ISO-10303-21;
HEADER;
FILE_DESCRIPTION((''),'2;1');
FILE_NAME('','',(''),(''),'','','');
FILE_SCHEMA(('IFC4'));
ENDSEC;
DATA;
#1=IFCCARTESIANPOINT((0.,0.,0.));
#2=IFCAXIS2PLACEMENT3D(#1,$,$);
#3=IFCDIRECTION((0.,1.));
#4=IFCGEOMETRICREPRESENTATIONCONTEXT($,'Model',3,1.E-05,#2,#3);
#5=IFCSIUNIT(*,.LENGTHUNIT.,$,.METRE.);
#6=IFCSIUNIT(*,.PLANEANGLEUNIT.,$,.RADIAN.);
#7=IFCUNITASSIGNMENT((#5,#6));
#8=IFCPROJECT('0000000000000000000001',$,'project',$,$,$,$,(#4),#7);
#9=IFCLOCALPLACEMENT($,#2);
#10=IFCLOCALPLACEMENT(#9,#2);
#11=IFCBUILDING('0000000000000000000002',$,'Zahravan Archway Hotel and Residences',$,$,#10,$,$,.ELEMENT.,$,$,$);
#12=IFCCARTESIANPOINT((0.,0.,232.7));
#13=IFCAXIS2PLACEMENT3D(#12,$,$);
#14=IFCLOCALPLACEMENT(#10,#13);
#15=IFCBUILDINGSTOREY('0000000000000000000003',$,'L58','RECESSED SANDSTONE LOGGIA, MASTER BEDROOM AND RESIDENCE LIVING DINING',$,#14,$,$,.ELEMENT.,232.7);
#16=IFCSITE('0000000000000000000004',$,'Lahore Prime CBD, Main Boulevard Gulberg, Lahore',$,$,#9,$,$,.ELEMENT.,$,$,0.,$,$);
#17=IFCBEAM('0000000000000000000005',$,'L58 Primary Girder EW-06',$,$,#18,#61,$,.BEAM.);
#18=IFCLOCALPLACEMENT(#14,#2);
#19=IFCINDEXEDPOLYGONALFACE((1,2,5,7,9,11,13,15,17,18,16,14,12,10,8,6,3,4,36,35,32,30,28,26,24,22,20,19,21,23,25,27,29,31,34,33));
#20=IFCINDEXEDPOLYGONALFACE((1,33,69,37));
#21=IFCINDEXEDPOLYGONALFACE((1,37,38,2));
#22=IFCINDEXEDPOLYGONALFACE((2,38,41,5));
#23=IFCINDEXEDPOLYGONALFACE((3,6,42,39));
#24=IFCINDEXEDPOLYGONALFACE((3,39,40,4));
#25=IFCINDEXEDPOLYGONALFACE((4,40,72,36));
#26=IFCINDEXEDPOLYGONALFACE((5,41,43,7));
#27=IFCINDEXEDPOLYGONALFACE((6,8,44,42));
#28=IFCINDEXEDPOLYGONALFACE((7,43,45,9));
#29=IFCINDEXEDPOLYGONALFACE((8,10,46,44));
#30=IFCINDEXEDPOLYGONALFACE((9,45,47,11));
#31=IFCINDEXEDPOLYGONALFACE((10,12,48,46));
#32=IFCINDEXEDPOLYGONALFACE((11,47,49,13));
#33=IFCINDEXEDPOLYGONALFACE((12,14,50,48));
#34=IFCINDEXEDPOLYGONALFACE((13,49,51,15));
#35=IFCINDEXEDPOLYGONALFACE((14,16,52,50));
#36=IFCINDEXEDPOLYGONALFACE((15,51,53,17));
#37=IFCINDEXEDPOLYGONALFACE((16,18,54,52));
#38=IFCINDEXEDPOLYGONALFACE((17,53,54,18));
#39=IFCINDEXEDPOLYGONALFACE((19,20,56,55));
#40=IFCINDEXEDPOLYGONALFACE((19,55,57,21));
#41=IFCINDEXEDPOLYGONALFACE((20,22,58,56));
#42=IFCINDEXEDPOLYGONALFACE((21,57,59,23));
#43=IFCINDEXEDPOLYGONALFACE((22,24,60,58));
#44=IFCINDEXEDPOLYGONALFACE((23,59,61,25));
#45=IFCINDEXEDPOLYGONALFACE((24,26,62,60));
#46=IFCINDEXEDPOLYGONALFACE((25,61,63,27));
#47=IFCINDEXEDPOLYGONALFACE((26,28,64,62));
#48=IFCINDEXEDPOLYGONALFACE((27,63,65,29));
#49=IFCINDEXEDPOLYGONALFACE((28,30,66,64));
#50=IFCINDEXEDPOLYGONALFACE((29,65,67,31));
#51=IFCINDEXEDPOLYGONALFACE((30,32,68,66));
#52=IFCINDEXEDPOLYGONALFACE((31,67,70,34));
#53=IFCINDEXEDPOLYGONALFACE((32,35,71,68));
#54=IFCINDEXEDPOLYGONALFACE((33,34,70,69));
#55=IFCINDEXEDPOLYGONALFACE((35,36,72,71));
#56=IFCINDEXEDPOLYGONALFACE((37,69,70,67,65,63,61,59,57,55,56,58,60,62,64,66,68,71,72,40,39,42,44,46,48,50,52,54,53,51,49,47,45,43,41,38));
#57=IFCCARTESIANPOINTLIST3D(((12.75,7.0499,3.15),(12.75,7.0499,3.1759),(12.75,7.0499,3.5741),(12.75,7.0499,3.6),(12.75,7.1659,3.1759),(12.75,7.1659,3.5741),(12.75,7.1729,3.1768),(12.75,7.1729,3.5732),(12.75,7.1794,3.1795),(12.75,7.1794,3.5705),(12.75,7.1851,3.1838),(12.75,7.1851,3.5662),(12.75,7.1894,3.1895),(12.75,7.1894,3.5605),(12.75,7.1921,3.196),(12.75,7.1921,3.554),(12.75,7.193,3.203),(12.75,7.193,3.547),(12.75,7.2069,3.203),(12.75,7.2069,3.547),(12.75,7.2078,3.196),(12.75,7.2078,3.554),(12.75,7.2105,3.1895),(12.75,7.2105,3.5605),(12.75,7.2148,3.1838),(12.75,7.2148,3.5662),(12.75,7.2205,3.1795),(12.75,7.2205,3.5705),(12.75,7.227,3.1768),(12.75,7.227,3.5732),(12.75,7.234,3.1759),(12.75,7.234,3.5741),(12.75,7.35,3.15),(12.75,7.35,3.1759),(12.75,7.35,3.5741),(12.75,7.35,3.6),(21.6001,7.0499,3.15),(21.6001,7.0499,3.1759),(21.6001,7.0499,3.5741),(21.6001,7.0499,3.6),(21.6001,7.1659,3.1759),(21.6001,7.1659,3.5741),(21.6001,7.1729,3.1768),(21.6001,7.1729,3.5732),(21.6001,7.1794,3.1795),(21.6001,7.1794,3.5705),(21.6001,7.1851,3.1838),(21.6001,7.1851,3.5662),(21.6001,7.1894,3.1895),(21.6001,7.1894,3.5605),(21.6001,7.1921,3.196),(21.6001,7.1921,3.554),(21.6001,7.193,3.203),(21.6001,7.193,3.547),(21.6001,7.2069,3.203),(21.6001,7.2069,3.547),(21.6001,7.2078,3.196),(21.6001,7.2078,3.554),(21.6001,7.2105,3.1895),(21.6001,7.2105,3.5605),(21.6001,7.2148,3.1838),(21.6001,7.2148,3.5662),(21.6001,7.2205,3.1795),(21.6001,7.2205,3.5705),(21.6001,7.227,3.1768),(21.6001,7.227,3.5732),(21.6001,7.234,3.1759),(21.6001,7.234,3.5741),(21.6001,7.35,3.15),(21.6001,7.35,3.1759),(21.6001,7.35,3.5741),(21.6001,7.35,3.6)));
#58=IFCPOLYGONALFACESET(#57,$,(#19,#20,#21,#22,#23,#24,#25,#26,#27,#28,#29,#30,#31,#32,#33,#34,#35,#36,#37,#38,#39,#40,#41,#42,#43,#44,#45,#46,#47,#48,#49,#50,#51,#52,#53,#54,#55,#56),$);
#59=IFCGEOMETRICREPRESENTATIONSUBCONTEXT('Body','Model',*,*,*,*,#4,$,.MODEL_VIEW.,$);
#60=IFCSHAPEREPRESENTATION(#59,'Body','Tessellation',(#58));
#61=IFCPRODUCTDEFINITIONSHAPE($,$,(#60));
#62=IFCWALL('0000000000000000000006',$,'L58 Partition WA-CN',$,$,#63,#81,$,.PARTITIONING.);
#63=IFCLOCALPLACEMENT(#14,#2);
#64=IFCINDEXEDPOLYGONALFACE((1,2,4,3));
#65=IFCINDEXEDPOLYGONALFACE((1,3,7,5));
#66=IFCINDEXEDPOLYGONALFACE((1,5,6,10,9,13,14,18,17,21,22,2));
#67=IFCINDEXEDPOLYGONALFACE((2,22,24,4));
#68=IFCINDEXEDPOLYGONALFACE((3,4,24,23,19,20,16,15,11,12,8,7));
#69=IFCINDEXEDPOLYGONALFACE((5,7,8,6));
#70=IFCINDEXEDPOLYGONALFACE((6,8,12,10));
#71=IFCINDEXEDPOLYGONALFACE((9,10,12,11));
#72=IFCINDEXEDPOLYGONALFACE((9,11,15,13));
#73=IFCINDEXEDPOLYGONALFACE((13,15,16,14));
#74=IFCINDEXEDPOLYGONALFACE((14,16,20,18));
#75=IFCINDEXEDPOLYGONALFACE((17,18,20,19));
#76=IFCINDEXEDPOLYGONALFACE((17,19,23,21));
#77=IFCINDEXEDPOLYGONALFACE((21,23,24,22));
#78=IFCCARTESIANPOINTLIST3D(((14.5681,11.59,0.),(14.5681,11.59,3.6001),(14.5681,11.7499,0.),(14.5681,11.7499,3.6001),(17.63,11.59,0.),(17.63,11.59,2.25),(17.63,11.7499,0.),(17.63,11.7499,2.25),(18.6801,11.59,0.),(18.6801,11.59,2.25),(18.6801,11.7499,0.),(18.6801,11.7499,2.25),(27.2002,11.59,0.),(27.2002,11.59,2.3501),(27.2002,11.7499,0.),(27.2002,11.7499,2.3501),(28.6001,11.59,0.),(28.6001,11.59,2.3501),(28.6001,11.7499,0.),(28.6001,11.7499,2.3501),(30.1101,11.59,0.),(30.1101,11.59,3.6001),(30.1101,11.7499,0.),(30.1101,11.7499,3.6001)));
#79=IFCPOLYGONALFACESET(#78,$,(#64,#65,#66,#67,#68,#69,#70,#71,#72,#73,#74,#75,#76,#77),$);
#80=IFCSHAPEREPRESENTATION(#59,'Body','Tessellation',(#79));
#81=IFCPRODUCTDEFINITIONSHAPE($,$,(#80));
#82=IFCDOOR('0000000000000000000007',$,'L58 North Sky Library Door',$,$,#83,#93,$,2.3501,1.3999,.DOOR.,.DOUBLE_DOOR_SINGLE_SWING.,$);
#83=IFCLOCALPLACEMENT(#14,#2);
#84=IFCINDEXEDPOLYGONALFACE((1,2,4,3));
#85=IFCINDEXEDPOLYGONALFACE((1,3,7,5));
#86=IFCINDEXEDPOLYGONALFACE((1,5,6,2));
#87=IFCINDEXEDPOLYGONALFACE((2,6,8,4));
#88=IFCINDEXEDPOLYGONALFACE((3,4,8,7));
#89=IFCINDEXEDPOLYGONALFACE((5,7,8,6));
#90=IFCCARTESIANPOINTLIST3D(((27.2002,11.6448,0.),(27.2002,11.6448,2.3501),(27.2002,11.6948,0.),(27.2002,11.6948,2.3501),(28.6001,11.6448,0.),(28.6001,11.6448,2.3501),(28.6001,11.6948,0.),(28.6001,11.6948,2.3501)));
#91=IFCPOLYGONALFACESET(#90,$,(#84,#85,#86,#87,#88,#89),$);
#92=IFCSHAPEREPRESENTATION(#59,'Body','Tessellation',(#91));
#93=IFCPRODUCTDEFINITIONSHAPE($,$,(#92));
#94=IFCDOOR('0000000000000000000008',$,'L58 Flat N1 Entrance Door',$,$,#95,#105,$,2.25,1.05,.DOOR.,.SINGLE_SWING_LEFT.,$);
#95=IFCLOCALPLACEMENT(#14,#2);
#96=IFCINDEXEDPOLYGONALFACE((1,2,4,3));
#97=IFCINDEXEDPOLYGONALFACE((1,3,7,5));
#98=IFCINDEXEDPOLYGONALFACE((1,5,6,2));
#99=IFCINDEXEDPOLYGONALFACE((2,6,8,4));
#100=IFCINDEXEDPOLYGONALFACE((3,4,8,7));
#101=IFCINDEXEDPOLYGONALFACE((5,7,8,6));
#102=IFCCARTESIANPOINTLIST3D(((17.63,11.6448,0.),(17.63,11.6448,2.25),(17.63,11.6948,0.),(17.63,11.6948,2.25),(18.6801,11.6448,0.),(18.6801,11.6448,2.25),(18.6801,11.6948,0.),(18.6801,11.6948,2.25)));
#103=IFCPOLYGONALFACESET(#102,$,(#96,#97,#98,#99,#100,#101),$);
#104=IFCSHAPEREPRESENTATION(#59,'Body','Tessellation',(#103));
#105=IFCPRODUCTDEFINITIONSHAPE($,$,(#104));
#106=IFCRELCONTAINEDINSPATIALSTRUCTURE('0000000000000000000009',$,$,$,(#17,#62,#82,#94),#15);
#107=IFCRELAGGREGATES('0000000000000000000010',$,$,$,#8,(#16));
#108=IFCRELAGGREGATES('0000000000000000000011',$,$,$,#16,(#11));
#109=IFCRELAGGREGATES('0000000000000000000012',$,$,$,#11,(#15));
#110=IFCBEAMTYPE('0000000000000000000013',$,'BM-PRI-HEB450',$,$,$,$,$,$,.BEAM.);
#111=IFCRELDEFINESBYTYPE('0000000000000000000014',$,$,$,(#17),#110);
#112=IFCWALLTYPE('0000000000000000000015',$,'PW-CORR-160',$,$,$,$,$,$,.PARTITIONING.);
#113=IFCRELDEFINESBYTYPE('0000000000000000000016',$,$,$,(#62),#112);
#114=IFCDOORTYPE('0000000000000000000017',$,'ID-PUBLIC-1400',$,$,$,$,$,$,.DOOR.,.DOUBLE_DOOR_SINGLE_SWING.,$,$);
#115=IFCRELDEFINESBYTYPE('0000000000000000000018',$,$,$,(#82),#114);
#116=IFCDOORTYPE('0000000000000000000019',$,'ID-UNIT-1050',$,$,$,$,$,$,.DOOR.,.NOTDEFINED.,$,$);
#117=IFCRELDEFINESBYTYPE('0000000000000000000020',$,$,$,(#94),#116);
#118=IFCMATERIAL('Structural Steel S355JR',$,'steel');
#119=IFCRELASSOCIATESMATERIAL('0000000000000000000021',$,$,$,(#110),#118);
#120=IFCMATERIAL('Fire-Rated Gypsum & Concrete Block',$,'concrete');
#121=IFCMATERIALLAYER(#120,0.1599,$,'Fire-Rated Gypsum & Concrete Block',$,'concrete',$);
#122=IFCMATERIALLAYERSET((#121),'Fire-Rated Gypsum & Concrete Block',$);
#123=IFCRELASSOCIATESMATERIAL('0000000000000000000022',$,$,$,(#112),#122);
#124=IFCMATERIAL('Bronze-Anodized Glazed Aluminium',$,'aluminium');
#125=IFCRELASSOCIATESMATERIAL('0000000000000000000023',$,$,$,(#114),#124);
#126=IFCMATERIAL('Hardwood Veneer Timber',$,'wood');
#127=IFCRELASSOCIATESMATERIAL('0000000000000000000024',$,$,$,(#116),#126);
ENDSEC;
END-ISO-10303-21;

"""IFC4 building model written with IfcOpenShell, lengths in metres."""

from ifc_helpers import new_model, si_unit, direction, frame, frame_2d, origin, origin_2d, place, context, subcontext, project, spatial, rectangle, i_section, extrude, source, transform, mapped, material, layer, layer_set, material_profile, profile_set, type_object, type_shapes, element, fill, save


model = new_model("IFC4")

# Units and contexts
model_context = context("Model", 3, precision=1e-05, world=origin(), true_north=direction((0.0, 1.0)))
body_context = subcontext(model_context, "Body", "Model", "MODEL_VIEW")
ifc_project = project(units=[si_unit("LENGTHUNIT", "METRE"), si_unit("PLANEANGLEUNIT", "RADIAN")], contexts=[model_context])

# Site, building, storey
site_placement = place(None, origin())
site = spatial("IfcSite", under=ifc_project, at=site_placement, Name="Lahore Prime CBD, Main Boulevard Gulberg, Lahore", CompositionType="ELEMENT", RefElevation=0.0)
building_placement = place(site_placement, origin())
building = spatial("IfcBuilding", under=site, at=building_placement, Name="Zahravan Archway Hotel and Residences", CompositionType="ELEMENT")
storey_placement = place(building_placement, frame((0.0, 0.0, 232.7)))
storey = spatial("IfcBuildingStorey", under=building, at=storey_placement, Name="L58", Description="RECESSED SANDSTONE LOGGIA, MASTER BEDROOM AND RESIDENCE LIVING DINING", CompositionType="ELEMENT", Elevation=232.7)

# Beam
ifc_material_1 = material(Name="Structural Steel S355JR", Category="steel")
ifc_material_profile_1 = material_profile(ifc_material_1, i_section(OverallWidth=0.3, OverallDepth=0.45, WebThickness=0.0139, FlangeThickness=0.0259, FilletRadius=0.0271, at=origin_2d()), Name="HEB 450", Category="steel")
ifc_profile_set_1 = profile_set([ifc_material_profile_1], Name="Structural Steel S355JR")
beam_type_1 = type_object("IfcBeamType", Name="BM-PRI-HEB450", PredefinedType="BEAM", material=ifc_profile_set_1)
shared_shape_1 = source(origin(), body_context, "Body", "SweptSolid", [
    extrude(i_section(OverallWidth=0.3, OverallDepth=0.45, WebThickness=0.0139, FlangeThickness=0.0259, FilletRadius=0.0271, at=origin_2d()), origin(), (0.0, 0.0, 1.0), 8.8501),
])
beam_1_placement = place(storey_placement, frame((12.75, 7.2, 3.375), z_axis=(1.0, 0.0, 0.0), x_axis=(0.0, 1.0, 0.0)))
element("IfcBeam", 1, at=beam_1_placement, inside=storey, type_object=beam_type_1, Name="L58 Primary Girder EW-06", PredefinedType="BEAM", context=body_context, shape_type="MappedRepresentation", body=[
    mapped(shared_shape_1, transform((0.0, 0.0, 0.0), scale=1.0)),
])

# Wall, openings, doors
ifc_material_2 = material(Name="Fire-Rated Gypsum & Concrete Block", Category="concrete")
ifc_layer_1 = layer(ifc_material_2, 0.1599, Name="Fire-Rated Gypsum & Concrete Block", Category="concrete")
ifc_layer_set_1 = layer_set([ifc_layer_1], Name="Fire-Rated Gypsum & Concrete Block")
wall_type_1 = type_object("IfcWallType", Name="PW-CORR-160", PredefinedType="PARTITIONING", material=ifc_layer_set_1)
wall_1_placement = place(storey_placement, frame((14.5681, 11.6699, 0.0), z_axis=(0.0, 0.0, 1.0), x_axis=(1.0, 0.0, 0.0)))
wall_1 = element("IfcWall", 2, at=wall_1_placement, inside=storey, type_object=wall_type_1, Name="L58 Partition WA-CN", PredefinedType="PARTITIONING", context=body_context, shape_type="SweptSolid", body=[
    extrude(rectangle(XDim=15.542, YDim=0.1599, at=frame_2d((7.771, 0.0))), origin(), (0.0, 0.0, 1.0), 3.6001),
])
opening_1_placement = place(wall_1_placement, frame((3.062, 0.0, 0.0)))
opening_1 = element("IfcOpeningElement", 3, at=opening_1_placement, cuts=wall_1, PredefinedType="OPENING", context=body_context, shape_type="SweptSolid", body=[
    extrude(rectangle(XDim=1.05, YDim=2.25, at=frame_2d((0.5249, 1.125))), frame((0.0, 0.0898, 0.0), z_axis=(0.0, -1.0, 0.0), x_axis=(1.0, 0.0, 0.0)), (0.0, 0.0, 1.0), 0.1799),
])
opening_2_placement = place(wall_1_placement, frame((12.6321, 0.0, 0.0)))
opening_2 = element("IfcOpeningElement", 4, at=opening_2_placement, cuts=wall_1, PredefinedType="OPENING", context=body_context, shape_type="SweptSolid", body=[
    extrude(rectangle(XDim=1.3999, YDim=2.3501, at=frame_2d((0.7, 1.175))), frame((0.0, 0.0898, 0.0), z_axis=(0.0, -1.0, 0.0), x_axis=(1.0, 0.0, 0.0)), (0.0, 0.0, 1.0), 0.1799),
])
ifc_material_3 = material(Name="Bronze-Anodized Glazed Aluminium", Category="aluminium")
door_type_1 = type_object("IfcDoorType", Name="ID-PUBLIC-1400", OperationType="DOUBLE_DOOR_SINGLE_SWING", PredefinedType="DOOR", material=ifc_material_3)
shared_shape_2 = source(origin(), body_context, "Body", "SweptSolid", [
    extrude(rectangle(XDim=1.3999, YDim=2.3501, at=frame_2d((0.7, 1.175))), frame((0.0, 0.0249, 0.0), z_axis=(0.0, -1.0, 0.0), x_axis=(1.0, 0.0, 0.0)), (0.0, 0.0, 1.0), 0.05),
])
type_shapes(door_type_1, [shared_shape_2])
door_1_placement = place(opening_2_placement, origin())
door_1 = element("IfcDoor", 5, at=door_1_placement, inside=storey, type_object=door_type_1, Name="L58 North Sky Library Door", OperationType="DOUBLE_DOOR_SINGLE_SWING", OverallHeight=2.3501, OverallWidth=1.3999, PredefinedType="DOOR", context=body_context, shape_type="MappedRepresentation", body=[
    mapped(shared_shape_2, transform((0.0, 0.0, 0.0), scale=1.0)),
])
fill(opening_2, door_1)
ifc_material_4 = material(Name="Hardwood Veneer Timber", Category="wood")
door_type_2 = type_object("IfcDoorType", Name="ID-UNIT-1050", OperationType="NOTDEFINED", PredefinedType="DOOR", material=ifc_material_4)
shared_shape_3 = source(origin(), body_context, "Body", "SweptSolid", [
    extrude(rectangle(XDim=1.05, YDim=2.25, at=frame_2d((0.5249, 1.125))), frame((0.0, 0.0249, 0.0), z_axis=(0.0, -1.0, 0.0), x_axis=(1.0, 0.0, 0.0)), (0.0, 0.0, 1.0), 0.05),
])
type_shapes(door_type_2, [shared_shape_3])
door_2_placement = place(opening_1_placement, origin())
door_2 = element("IfcDoor", 6, at=door_2_placement, inside=storey, type_object=door_type_2, Name="L58 Flat N1 Entrance Door", OperationType="SINGLE_SWING_LEFT", OverallHeight=2.25, OverallWidth=1.05, PredefinedType="DOOR", context=body_context, shape_type="MappedRepresentation", body=[
    mapped(shared_shape_3, transform((0.0, 0.0, 0.0), scale=1.0)),
])
fill(opening_1, door_2)

save(model, "model.ifc")
